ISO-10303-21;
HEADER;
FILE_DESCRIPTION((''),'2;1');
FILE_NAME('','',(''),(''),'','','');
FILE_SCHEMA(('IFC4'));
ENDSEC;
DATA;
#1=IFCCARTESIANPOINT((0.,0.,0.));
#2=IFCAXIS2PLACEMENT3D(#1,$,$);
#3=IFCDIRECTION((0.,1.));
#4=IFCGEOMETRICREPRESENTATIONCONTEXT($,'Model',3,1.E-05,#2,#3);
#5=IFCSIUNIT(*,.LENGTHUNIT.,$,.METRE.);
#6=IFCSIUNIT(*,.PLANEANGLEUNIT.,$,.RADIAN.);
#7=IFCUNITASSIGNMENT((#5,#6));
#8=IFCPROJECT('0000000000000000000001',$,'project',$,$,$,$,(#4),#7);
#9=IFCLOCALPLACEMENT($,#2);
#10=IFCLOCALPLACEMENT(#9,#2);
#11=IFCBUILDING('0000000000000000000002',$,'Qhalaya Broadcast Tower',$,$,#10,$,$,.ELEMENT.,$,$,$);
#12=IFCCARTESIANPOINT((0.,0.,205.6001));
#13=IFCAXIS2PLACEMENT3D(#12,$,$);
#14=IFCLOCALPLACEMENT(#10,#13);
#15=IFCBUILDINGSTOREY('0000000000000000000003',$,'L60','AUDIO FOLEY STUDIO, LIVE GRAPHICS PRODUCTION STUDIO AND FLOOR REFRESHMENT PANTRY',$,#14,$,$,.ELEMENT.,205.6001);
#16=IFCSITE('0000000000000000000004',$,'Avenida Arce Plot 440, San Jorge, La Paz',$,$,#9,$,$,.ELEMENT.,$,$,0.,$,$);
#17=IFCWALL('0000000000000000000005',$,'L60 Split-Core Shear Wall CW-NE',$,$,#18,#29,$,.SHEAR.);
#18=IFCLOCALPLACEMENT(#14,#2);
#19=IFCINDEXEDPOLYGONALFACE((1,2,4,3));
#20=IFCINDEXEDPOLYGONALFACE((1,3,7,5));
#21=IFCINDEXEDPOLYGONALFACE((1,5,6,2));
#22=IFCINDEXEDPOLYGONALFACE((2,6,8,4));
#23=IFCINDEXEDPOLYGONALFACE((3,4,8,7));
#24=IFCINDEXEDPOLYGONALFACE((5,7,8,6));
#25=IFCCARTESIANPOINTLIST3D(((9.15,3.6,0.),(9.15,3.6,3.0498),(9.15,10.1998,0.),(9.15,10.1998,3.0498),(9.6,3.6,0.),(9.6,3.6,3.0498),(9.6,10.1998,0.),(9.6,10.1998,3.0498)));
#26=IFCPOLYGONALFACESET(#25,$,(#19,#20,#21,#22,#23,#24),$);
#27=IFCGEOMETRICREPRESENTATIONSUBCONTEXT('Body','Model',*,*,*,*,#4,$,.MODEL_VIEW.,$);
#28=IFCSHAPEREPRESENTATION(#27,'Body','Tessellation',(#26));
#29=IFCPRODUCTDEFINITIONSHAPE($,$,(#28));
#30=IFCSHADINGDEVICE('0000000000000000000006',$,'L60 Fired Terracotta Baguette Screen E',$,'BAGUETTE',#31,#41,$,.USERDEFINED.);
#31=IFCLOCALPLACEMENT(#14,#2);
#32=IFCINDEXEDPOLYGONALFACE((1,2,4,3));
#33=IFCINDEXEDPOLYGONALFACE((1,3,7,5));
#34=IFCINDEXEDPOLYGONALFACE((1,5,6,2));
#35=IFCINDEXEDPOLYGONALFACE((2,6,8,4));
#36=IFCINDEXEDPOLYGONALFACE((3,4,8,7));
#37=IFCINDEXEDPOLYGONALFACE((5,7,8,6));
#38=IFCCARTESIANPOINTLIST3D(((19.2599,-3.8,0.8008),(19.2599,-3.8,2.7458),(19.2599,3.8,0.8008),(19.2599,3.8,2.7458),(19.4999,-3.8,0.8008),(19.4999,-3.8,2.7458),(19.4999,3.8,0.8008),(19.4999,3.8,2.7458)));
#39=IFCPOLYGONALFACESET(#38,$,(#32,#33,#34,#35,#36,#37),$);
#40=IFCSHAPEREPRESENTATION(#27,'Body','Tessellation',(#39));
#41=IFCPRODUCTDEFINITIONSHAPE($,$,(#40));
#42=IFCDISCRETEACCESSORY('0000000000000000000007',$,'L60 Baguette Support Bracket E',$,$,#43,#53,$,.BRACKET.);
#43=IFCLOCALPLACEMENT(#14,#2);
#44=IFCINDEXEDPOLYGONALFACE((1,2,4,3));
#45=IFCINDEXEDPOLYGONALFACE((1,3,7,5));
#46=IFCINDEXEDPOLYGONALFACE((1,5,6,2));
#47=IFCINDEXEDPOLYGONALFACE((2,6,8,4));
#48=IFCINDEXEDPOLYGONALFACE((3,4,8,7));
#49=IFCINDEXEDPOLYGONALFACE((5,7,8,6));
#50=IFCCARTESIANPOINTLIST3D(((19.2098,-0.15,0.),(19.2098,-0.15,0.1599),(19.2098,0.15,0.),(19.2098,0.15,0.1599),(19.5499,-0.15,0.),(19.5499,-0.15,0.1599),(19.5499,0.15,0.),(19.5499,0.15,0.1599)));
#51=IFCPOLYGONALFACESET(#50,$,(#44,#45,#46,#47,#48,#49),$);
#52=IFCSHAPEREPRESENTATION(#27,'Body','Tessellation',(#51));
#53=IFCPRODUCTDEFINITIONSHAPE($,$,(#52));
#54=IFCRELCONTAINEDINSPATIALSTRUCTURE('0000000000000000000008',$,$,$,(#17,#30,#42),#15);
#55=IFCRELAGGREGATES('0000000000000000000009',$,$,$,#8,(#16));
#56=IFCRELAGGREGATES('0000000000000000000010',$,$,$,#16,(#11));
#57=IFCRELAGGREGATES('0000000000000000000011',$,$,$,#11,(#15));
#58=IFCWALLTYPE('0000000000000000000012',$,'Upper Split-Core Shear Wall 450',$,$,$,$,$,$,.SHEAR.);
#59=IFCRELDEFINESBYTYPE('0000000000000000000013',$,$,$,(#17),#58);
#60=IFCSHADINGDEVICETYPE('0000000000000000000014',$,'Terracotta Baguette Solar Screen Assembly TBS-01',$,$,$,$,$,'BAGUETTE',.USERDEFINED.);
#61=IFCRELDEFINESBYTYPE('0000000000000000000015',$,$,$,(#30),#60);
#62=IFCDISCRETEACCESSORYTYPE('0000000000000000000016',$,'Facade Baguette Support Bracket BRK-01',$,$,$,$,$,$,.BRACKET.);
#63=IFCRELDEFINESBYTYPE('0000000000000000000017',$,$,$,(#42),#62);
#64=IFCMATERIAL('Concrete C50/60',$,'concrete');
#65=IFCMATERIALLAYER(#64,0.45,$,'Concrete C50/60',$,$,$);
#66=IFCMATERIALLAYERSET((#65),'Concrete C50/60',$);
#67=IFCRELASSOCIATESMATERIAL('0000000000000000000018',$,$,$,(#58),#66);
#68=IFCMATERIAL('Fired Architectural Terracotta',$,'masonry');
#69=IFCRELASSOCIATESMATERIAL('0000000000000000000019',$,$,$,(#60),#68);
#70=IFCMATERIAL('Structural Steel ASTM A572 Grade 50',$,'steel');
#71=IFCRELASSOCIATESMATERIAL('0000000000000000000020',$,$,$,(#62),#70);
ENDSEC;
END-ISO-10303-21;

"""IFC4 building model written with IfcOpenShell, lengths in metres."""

from ifc_helpers import new_model, si_unit, direction, frame, frame_2d, origin, origin_2d, place, context, subcontext, project, spatial, rectangle, extrude, material, layer, layer_set, type_object, element, save


model = new_model("IFC4")

# Units and contexts
model_context = context("Model", 3, precision=1e-05, world=origin(), true_north=direction((0.0, 1.0)))
body_context = subcontext(model_context, "Body", "Model", "MODEL_VIEW")
ifc_project = project(units=[si_unit("LENGTHUNIT", "METRE"), si_unit("PLANEANGLEUNIT", "RADIAN")], contexts=[model_context])

# Site, building, storey
site_placement = place(None, origin())
site = spatial("IfcSite", under=ifc_project, at=site_placement, Name="Avenida Arce Plot 440, San Jorge, La Paz", CompositionType="ELEMENT", RefElevation=0.0)
building_placement = place(site_placement, origin())
building = spatial("IfcBuilding", under=site, at=building_placement, Name="Qhalaya Broadcast Tower", CompositionType="ELEMENT")
storey_placement = place(building_placement, frame((0.0, 0.0, 205.6001)))
storey = spatial("IfcBuildingStorey", under=building, at=storey_placement, Name="L60", Description="AUDIO FOLEY STUDIO, LIVE GRAPHICS PRODUCTION STUDIO AND FLOOR REFRESHMENT PANTRY", CompositionType="ELEMENT", Elevation=205.6001)

# Shared definitions
ifc_material_1 = material(Name="Concrete C50/60", Category="concrete")
ifc_material_2 = material(Name="Structural Steel ASTM A572 Grade 50", Category="steel")

# Wall
ifc_layer_1 = layer(ifc_material_1, 0.45, Name="Concrete C50/60")
ifc_layer_set_1 = layer_set([ifc_layer_1], Name="Concrete C50/60")
wall_type_1 = type_object("IfcWallType", Name="Upper Split-Core Shear Wall 450", PredefinedType="SHEAR", material=ifc_layer_set_1)
wall_1_placement = place(storey_placement, frame((9.375, 3.6001, 0.0), z_axis=(0.0, 0.0, 1.0), x_axis=(0.0, 1.0, 0.0)))
element("IfcWall", 1, at=wall_1_placement, inside=storey, type_object=wall_type_1, Name="L60 Split-Core Shear Wall CW-NE", PredefinedType="SHEAR", context=body_context, shape_type="SweptSolid", body=[
    extrude(rectangle(XDim=6.5999, YDim=0.45, at=frame_2d((3.2998, 0.0))), origin(), (0.0, 0.0, 1.0), 3.0498),
])

# Shading device
ifc_material_3 = material(Name="Fired Architectural Terracotta", Category="masonry")
shading_device_type = type_object("IfcShadingDeviceType", Name="Terracotta Baguette Solar Screen Assembly TBS-01", ElementType="BAGUETTE", PredefinedType="USERDEFINED", material=ifc_material_3)
shading_device_placement = place(storey_placement, frame((19.3799, 0.0, 0.8008), z_axis=(0.0, 0.0, 1.0), x_axis=(0.0, 1.0, 0.0)))
element("IfcShadingDevice", 2, at=shading_device_placement, inside=storey, type_object=shading_device_type, Name="L60 Fired Terracotta Baguette Screen E", ObjectType="BAGUETTE", PredefinedType="USERDEFINED", context=body_context, shape_type="SweptSolid", body=[
    extrude(rectangle(XDim=7.6001, YDim=0.24, at=origin_2d()), origin(), (0.0, 0.0, 1.0), 1.9451),
])

# Discrete accessory
discrete_accessory_type = type_object("IfcDiscreteAccessoryType", Name="Facade Baguette Support Bracket BRK-01", PredefinedType="BRACKET", material=ifc_material_2)
discrete_accessory_placement = place(storey_placement, frame((19.3799, 0.0, 0.0), z_axis=(0.0, 0.0, 1.0), x_axis=(0.0, 1.0, 0.0)))
element("IfcDiscreteAccessory", 3, at=discrete_accessory_placement, inside=storey, type_object=discrete_accessory_type, Name="L60 Baguette Support Bracket E", PredefinedType="BRACKET", context=body_context, shape_type="SweptSolid", body=[
    extrude(rectangle(XDim=0.3, YDim=0.3401, at=origin_2d()), origin(), (0.0, 0.0, 1.0), 0.1599),
])

save(model, "model.ifc")
